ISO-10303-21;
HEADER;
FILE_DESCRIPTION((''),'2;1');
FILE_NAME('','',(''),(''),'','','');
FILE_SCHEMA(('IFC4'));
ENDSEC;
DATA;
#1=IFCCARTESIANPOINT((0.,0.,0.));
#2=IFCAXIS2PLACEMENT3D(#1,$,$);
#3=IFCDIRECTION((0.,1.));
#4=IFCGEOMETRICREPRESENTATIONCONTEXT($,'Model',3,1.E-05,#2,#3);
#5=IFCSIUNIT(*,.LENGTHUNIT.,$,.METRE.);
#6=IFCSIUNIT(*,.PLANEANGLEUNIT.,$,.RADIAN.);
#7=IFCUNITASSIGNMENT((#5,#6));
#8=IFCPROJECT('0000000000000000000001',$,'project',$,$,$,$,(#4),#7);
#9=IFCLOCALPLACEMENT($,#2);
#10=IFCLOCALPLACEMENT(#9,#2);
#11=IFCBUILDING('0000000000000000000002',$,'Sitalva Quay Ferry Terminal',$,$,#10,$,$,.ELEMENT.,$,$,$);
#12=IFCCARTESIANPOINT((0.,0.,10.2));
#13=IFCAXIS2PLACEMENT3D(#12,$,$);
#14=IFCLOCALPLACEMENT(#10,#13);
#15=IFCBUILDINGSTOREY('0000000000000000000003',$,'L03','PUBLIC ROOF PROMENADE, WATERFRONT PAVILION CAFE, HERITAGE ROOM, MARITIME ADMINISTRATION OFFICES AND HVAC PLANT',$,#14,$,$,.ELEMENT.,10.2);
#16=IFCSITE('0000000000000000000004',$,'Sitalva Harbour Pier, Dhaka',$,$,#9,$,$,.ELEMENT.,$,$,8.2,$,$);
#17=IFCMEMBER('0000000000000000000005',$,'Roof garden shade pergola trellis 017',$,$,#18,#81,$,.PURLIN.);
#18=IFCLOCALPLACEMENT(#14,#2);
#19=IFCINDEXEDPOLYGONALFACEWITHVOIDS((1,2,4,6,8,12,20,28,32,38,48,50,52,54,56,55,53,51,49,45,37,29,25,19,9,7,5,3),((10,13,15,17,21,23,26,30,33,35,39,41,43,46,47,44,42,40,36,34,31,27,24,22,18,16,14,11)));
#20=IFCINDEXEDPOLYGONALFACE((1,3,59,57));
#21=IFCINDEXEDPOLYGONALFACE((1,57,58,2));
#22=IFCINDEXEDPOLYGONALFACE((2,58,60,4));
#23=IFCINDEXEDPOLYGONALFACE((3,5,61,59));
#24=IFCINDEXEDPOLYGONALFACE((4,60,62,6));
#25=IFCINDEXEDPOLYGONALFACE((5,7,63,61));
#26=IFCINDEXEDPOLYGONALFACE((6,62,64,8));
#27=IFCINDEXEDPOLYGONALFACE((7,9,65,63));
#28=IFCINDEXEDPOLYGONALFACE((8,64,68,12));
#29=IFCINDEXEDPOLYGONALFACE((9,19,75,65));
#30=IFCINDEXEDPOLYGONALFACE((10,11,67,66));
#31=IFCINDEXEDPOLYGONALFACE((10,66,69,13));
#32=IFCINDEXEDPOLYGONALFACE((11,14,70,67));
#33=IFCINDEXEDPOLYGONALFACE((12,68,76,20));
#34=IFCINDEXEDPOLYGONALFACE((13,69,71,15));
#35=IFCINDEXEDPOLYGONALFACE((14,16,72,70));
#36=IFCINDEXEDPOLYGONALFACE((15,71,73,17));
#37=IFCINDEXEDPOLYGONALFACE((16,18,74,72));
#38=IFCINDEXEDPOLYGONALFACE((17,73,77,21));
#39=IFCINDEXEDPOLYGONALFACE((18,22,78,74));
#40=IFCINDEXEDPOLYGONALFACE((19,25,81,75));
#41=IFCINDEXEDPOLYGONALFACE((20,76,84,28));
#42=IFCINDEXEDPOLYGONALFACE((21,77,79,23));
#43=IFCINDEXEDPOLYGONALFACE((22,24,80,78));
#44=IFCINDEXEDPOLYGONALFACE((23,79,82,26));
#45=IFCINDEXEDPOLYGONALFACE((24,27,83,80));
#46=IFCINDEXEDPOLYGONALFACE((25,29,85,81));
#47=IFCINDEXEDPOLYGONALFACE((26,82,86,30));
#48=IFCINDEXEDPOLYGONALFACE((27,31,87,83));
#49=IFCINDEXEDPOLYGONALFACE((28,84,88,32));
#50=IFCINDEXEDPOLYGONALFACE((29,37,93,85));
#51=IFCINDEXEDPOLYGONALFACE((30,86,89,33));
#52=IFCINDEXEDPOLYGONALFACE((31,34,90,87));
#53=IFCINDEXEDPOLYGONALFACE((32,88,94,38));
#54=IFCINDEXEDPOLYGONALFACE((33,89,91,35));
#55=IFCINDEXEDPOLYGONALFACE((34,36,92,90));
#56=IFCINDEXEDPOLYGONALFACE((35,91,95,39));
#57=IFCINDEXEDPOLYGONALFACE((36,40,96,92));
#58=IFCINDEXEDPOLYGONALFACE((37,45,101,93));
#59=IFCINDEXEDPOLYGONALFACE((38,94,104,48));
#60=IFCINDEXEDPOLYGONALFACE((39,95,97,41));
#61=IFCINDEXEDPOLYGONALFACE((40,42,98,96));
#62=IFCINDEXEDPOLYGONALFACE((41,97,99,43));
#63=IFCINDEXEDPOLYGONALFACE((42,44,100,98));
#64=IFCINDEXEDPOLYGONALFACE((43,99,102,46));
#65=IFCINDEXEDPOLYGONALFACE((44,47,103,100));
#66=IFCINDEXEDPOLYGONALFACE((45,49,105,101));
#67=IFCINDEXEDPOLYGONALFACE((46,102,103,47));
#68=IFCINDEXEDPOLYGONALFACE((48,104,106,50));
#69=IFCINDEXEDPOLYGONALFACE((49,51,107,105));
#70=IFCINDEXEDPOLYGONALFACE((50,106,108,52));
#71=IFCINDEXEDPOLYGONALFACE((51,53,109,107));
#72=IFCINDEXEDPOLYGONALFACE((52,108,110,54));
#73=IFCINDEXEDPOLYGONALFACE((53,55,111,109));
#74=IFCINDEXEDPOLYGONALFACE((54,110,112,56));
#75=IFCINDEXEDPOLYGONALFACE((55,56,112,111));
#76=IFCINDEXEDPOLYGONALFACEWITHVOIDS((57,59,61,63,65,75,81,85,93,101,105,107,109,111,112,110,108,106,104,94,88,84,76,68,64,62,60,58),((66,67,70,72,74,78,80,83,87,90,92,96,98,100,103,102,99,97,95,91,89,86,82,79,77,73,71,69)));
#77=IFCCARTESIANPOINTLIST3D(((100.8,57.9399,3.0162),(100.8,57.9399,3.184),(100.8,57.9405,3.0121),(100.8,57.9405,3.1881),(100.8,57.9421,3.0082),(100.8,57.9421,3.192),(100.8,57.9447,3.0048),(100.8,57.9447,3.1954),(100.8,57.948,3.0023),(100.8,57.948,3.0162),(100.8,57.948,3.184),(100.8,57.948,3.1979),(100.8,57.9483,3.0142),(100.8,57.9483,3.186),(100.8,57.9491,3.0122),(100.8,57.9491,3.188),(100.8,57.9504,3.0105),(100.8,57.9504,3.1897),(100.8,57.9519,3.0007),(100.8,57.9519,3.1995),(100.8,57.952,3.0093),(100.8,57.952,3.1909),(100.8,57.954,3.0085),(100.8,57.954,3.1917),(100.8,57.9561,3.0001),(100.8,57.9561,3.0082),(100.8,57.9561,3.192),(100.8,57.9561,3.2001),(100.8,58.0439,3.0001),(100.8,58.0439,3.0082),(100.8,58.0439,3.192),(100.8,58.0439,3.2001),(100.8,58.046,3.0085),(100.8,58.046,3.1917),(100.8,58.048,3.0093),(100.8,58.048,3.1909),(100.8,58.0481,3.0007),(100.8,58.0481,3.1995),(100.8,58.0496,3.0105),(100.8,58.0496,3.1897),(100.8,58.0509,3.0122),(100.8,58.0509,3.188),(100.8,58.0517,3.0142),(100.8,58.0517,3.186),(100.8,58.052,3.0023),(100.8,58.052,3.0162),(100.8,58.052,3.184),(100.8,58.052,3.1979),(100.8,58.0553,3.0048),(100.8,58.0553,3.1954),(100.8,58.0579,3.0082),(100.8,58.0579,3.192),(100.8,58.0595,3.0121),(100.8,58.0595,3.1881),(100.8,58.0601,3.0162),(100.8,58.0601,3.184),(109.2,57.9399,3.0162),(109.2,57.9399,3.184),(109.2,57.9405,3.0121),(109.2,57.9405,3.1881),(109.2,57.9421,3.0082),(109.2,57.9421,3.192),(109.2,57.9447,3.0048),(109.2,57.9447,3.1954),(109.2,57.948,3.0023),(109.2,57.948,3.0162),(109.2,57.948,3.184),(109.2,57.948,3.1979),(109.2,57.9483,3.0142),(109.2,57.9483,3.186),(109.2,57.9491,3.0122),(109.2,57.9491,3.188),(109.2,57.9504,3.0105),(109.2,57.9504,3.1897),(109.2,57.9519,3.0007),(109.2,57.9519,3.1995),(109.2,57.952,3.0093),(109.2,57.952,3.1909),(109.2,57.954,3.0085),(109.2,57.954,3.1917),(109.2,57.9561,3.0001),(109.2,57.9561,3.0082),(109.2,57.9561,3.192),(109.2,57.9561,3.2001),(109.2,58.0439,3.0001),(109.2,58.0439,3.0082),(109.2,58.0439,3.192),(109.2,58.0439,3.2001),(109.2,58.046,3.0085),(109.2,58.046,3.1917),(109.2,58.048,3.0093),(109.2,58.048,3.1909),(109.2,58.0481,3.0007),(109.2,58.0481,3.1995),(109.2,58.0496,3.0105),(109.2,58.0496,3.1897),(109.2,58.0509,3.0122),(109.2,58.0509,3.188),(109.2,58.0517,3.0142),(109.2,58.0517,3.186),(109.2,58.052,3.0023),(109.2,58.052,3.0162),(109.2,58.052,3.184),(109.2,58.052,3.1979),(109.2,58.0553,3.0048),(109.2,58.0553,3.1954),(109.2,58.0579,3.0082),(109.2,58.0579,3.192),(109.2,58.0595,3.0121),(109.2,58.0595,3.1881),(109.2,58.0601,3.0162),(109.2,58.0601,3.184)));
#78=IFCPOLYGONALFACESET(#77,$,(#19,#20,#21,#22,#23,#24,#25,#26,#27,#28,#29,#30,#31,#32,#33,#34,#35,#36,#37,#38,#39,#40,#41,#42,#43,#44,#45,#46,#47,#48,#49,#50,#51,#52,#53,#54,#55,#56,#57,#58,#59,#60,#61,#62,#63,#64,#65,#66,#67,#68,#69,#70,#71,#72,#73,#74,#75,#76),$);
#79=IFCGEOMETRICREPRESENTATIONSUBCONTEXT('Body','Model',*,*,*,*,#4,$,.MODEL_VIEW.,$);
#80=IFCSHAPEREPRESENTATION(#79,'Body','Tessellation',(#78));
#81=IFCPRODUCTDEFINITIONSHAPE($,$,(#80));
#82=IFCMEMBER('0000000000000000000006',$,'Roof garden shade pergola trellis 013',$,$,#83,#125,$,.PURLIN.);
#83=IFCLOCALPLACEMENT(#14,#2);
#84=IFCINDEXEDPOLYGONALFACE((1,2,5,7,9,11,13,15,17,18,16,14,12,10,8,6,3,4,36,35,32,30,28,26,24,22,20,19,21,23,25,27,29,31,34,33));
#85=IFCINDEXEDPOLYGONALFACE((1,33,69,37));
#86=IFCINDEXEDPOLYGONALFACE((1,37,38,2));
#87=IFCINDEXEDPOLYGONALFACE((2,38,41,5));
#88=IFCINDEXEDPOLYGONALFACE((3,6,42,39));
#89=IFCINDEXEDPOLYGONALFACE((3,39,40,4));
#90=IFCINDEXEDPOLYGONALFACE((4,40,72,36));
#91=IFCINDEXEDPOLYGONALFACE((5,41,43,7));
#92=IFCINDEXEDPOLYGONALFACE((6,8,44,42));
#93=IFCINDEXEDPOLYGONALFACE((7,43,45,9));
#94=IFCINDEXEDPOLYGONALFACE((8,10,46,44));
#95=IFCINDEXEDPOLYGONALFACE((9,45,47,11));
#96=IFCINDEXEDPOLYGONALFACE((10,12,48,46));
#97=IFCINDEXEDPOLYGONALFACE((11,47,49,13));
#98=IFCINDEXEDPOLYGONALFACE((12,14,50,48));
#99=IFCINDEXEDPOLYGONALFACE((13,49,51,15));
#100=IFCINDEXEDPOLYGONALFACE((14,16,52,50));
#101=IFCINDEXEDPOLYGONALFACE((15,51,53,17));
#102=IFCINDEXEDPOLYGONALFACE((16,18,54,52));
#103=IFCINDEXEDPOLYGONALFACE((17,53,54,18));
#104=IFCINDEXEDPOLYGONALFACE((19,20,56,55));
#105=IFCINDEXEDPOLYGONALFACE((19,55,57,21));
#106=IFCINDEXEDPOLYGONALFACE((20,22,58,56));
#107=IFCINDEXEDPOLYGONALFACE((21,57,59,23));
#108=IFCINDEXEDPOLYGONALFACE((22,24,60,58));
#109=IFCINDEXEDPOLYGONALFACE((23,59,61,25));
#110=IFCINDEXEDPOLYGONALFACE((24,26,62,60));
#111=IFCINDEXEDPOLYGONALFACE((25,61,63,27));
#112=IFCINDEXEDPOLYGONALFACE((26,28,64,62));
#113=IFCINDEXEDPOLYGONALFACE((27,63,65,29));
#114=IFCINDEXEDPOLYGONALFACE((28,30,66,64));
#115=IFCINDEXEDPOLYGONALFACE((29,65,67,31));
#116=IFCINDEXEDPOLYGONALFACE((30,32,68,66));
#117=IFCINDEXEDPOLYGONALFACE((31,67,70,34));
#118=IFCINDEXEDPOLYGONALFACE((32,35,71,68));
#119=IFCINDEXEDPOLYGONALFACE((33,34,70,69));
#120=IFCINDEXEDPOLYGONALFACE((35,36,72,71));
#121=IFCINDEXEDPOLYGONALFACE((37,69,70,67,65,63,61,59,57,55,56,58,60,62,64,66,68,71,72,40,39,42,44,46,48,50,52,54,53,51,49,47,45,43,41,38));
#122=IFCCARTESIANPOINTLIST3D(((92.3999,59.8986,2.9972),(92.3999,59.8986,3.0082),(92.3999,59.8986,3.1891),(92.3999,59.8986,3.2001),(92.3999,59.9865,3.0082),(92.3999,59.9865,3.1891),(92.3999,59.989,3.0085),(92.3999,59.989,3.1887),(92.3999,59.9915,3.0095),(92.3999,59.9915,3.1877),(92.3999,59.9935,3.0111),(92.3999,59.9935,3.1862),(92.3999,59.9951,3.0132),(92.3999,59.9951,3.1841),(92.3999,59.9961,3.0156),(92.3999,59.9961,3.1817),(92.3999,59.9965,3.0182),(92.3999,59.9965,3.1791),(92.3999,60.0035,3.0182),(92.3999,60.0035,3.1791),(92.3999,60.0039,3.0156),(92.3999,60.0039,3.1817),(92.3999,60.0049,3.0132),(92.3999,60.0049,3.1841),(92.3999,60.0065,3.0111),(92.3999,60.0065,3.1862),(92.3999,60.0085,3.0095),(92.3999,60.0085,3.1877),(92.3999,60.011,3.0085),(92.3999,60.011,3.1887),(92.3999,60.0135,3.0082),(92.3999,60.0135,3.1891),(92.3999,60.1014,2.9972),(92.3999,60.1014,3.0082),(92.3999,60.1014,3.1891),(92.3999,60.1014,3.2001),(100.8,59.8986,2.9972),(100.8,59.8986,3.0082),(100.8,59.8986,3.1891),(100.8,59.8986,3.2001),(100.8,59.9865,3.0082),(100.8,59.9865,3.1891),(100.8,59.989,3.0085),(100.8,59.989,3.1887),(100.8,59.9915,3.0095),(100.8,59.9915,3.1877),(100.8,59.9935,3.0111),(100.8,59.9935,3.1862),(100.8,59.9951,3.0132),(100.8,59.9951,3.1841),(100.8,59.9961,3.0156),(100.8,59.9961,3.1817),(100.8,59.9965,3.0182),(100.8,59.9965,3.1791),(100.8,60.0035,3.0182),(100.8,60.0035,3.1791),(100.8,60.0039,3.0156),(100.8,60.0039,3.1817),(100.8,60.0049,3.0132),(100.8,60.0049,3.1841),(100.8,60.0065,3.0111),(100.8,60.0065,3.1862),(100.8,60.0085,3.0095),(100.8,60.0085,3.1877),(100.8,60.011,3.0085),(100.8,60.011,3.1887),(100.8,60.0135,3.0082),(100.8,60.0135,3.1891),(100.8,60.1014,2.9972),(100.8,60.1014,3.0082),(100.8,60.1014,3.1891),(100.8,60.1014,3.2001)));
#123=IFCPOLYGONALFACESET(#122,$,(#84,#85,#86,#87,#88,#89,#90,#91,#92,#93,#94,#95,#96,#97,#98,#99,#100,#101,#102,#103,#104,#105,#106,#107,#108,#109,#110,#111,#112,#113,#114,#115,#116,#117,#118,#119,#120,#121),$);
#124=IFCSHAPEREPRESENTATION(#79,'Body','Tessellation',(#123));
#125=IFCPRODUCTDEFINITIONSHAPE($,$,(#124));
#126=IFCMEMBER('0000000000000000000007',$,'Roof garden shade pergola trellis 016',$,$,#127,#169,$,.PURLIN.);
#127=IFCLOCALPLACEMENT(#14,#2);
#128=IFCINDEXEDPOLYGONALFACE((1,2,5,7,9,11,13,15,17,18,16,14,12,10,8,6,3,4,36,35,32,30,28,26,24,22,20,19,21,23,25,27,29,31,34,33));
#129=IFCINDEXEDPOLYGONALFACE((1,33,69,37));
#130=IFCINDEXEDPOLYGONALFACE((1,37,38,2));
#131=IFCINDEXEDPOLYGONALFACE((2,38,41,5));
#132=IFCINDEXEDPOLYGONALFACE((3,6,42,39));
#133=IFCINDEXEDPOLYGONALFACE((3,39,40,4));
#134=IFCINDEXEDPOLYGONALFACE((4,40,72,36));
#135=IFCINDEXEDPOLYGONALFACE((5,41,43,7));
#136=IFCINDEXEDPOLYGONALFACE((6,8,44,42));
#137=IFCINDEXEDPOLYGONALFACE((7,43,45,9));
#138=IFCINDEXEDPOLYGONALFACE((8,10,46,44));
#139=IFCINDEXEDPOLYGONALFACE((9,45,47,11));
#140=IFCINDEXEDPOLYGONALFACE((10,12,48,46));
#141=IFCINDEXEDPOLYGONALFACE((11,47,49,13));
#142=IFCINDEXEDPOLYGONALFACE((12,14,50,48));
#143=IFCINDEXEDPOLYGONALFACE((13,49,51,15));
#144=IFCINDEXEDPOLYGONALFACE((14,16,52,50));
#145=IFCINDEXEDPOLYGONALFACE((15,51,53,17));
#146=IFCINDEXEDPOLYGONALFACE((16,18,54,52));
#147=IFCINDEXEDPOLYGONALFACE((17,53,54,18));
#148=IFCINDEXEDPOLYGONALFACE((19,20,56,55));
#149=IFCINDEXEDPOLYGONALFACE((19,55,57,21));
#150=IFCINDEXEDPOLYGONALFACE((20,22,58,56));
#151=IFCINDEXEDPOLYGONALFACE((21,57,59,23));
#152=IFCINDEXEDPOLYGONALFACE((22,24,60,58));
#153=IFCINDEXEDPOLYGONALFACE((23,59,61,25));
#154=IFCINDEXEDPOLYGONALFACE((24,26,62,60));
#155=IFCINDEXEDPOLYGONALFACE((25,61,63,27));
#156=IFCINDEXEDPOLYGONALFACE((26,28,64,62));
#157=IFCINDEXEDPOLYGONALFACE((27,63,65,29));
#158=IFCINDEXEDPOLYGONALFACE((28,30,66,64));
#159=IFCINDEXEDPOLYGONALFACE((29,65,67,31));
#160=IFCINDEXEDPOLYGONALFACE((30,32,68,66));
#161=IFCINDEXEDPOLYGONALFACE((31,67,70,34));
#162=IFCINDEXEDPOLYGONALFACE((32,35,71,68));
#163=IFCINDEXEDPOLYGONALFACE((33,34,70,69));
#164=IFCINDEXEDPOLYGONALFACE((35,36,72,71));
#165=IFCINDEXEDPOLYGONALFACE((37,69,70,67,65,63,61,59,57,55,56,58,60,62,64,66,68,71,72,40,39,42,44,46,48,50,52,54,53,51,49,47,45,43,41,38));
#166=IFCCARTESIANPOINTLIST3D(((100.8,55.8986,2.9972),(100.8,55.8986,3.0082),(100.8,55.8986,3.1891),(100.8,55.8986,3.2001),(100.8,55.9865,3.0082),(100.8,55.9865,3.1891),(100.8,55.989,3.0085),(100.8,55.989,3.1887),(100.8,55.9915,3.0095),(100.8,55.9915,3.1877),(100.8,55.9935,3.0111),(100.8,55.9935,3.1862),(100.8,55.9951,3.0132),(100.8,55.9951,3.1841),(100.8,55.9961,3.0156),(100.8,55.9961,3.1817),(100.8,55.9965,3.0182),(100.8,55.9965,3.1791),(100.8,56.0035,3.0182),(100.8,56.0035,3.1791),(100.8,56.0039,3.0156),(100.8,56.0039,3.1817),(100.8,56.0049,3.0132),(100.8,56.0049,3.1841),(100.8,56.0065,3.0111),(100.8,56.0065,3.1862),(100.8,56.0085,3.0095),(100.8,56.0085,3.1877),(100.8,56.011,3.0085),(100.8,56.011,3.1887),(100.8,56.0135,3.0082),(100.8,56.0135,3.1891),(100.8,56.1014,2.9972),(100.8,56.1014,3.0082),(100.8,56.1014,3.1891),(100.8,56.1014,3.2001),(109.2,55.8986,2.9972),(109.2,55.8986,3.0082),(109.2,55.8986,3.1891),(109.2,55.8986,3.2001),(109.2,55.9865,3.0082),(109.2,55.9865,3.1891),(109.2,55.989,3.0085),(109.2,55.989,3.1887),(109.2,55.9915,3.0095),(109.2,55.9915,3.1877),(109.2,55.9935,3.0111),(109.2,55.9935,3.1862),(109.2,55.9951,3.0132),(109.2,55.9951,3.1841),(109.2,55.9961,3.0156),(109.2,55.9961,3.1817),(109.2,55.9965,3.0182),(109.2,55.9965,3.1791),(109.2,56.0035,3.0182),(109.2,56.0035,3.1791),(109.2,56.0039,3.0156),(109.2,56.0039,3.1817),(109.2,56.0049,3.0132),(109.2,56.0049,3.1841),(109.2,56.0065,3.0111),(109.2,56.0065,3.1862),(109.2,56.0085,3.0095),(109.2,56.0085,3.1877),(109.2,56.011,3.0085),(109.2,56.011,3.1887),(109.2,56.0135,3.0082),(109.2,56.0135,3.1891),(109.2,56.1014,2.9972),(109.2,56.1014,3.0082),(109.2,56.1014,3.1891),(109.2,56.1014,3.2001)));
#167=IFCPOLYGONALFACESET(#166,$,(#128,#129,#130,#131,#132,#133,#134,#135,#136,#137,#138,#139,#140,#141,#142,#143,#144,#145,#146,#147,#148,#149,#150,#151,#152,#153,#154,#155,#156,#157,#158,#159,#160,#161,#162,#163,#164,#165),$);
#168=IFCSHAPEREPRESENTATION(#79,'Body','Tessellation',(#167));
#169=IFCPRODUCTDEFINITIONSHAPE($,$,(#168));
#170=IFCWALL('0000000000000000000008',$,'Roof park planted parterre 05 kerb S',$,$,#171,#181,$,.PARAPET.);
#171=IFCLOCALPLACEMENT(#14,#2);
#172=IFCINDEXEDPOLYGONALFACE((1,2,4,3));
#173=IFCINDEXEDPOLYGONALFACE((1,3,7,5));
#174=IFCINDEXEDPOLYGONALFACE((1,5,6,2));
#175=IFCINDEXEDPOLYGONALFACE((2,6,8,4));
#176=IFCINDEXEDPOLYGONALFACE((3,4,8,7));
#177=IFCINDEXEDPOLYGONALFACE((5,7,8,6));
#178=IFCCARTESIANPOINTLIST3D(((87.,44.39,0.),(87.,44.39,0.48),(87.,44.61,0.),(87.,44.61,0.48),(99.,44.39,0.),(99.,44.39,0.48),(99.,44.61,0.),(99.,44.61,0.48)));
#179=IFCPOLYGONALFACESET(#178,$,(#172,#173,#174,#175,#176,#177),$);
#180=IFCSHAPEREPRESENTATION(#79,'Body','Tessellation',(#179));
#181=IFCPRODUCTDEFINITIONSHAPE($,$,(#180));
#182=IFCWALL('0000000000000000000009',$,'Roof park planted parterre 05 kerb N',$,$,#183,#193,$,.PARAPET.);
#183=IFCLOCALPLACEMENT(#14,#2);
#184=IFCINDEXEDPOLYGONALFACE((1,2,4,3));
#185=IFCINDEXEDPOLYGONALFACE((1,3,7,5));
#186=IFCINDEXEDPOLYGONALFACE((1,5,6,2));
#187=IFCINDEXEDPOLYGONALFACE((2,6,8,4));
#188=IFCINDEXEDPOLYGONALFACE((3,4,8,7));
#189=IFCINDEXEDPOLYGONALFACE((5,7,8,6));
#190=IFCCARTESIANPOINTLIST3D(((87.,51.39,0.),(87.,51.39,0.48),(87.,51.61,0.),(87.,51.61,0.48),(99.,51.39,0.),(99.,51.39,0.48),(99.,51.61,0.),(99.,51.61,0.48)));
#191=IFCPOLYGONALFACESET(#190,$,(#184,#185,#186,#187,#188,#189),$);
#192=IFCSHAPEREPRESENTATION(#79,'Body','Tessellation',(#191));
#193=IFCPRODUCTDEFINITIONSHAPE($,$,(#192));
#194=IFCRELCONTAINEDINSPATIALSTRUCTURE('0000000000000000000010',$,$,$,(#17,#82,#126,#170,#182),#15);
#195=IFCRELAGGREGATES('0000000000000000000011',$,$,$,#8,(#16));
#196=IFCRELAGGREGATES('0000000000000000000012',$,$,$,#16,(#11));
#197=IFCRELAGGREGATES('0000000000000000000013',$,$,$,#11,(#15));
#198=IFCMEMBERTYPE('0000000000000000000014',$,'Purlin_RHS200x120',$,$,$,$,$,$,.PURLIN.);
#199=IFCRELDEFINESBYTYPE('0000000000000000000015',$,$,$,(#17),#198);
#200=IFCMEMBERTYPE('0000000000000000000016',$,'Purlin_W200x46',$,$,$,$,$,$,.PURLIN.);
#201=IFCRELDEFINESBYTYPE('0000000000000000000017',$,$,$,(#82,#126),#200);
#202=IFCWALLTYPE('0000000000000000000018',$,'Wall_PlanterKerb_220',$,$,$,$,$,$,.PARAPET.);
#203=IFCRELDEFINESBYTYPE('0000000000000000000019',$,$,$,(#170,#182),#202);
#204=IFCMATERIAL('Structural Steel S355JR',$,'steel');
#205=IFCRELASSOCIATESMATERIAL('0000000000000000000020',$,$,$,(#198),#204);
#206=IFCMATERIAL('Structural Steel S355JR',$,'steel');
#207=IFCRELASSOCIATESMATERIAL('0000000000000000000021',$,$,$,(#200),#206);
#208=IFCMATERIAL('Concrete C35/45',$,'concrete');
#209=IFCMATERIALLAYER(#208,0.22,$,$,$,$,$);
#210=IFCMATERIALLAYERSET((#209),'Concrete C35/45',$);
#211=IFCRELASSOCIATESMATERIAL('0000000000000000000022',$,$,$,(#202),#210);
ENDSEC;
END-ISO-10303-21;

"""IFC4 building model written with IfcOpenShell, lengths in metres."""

from ifc_helpers import new_model, si_unit, direction, frame, frame_2d, origin, origin_2d, place, context, subcontext, project, spatial, rectangle, hollow_rectangle, i_section, extrude, material, layer, layer_set, material_profile, profile_set, type_object, element, save


model = new_model("IFC4")

# Units and contexts
model_context = context("Model", 3, precision=1e-05, world=origin(), true_north=direction((0.0, 1.0)))
body_context = subcontext(model_context, "Body", "Model", "MODEL_VIEW")
ifc_project = project(units=[si_unit("LENGTHUNIT", "METRE"), si_unit("PLANEANGLEUNIT", "RADIAN")], contexts=[model_context])

# Site, building, storey
site_placement = place(None, origin())
site = spatial("IfcSite", under=ifc_project, at=site_placement, Name="Sitalva Harbour Pier, Dhaka", CompositionType="ELEMENT", RefElevation=8.2)
building_placement = place(site_placement, origin())
building = spatial("IfcBuilding", under=site, at=building_placement, Name="Sitalva Quay Ferry Terminal", CompositionType="ELEMENT")
storey_placement = place(building_placement, frame((0.0, 0.0, 10.2)))
storey = spatial("IfcBuildingStorey", under=building, at=storey_placement, Name="L03", Description="PUBLIC ROOF PROMENADE, WATERFRONT PAVILION CAFE, HERITAGE ROOM, MARITIME ADMINISTRATION OFFICES AND HVAC PLANT", CompositionType="ELEMENT", Elevation=10.2)

# Members
ifc_material_1 = material(Name="Structural Steel S355JR", Category="steel")
ifc_material_profile_1 = material_profile(ifc_material_1, hollow_rectangle(XDim=0.1201, YDim=0.2, WallThickness=0.0081, InnerFilletRadius=0.0081, OuterFilletRadius=0.0161, at=origin_2d()), Name="RHS200x120x8")
ifc_profile_set_1 = profile_set([ifc_material_profile_1], Name="Structural Steel S355JR")
member_type_1 = type_object("IfcMemberType", Name="Purlin_RHS200x120", PredefinedType="PURLIN", material=ifc_profile_set_1)
member_1_placement = place(storey_placement, frame((100.8, 58.0, 3.1001), z_axis=(1.0, 0.0, 0.0), x_axis=(0.0, 1.0, 0.0)))
element("IfcMember", 1, at=member_1_placement, inside=storey, type_object=member_type_1, Name="Roof garden shade pergola trellis 017", PredefinedType="PURLIN", context=body_context, shape_type="SweptSolid", body=[
    extrude(hollow_rectangle(XDim=0.1201, YDim=0.2, WallThickness=0.0081, InnerFilletRadius=0.0081, OuterFilletRadius=0.0161, at=origin_2d()), origin(), (0.0, 0.0, 1.0), 8.3999),
])
ifc_material_2 = material(Name="Structural Steel S355JR", Category="steel")
ifc_material_profile_2 = material_profile(ifc_material_2, i_section(OverallWidth=0.2029, OverallDepth=0.2029, WebThickness=0.0071, FlangeThickness=0.011, FilletRadius=0.01, at=origin_2d()), Name="W200x46")
ifc_profile_set_2 = profile_set([ifc_material_profile_2], Name="Structural Steel S355JR")
member_type_2 = type_object("IfcMemberType", Name="Purlin_W200x46", PredefinedType="PURLIN", material=ifc_profile_set_2)
member_2_placement = place(storey_placement, frame((92.3999, 60.0, 3.0986), z_axis=(1.0, 0.0, 0.0), x_axis=(0.0, 1.0, 0.0)))
element("IfcMember", 2, at=member_2_placement, inside=storey, type_object=member_type_2, Name="Roof garden shade pergola trellis 013", PredefinedType="PURLIN", context=body_context, shape_type="SweptSolid", body=[
    extrude(i_section(OverallWidth=0.2029, OverallDepth=0.2029, WebThickness=0.0071, FlangeThickness=0.011, FilletRadius=0.01, at=origin_2d()), origin(), (0.0, 0.0, 1.0), 8.4001),
])
member_3_placement = place(storey_placement, frame((100.8, 56.0, 3.0986), z_axis=(1.0, 0.0, 0.0), x_axis=(0.0, 1.0, 0.0)))
element("IfcMember", 3, at=member_3_placement, inside=storey, type_object=member_type_2, Name="Roof garden shade pergola trellis 016", PredefinedType="PURLIN", context=body_context, shape_type="SweptSolid", body=[
    extrude(i_section(OverallWidth=0.2029, OverallDepth=0.2029, WebThickness=0.0071, FlangeThickness=0.011, FilletRadius=0.01, at=origin_2d()), origin(), (0.0, 0.0, 1.0), 8.3999),
])

# Walls
ifc_material_3 = material(Name="Concrete C35/45", Category="concrete")
ifc_layer = layer(ifc_material_3, 0.22)
ifc_layer_set = layer_set([ifc_layer], Name="Concrete C35/45")
wall_type = type_object("IfcWallType", Name="Wall_PlanterKerb_220", PredefinedType="PARAPET", material=ifc_layer_set)
for number, where, z_axis, x_axis, name in (
    (4, (87.0, 44.5, 0.0), (0.0, 0.0, 1.0), (1.0, 0.0, 0.0), "Roof park planted parterre 05 kerb S"),
    (5, (87.0, 51.5, 0.0), (0.0, 0.0, 1.0), (1.0, 0.0, 0.0), "Roof park planted parterre 05 kerb N"),
):
    element("IfcWall", number, at=place(storey_placement, frame(where, z_axis=z_axis, x_axis=x_axis)), inside=storey, type_object=wall_type, Name=name, PredefinedType="PARAPET", context=body_context, shape_type="SweptSolid", body=[
        extrude(rectangle(XDim=12.0, YDim=0.22, at=frame_2d((6.0, 0.0))), origin(), (0.0, 0.0, 1.0), 0.48),
    ])

save(model, "model.ifc")
